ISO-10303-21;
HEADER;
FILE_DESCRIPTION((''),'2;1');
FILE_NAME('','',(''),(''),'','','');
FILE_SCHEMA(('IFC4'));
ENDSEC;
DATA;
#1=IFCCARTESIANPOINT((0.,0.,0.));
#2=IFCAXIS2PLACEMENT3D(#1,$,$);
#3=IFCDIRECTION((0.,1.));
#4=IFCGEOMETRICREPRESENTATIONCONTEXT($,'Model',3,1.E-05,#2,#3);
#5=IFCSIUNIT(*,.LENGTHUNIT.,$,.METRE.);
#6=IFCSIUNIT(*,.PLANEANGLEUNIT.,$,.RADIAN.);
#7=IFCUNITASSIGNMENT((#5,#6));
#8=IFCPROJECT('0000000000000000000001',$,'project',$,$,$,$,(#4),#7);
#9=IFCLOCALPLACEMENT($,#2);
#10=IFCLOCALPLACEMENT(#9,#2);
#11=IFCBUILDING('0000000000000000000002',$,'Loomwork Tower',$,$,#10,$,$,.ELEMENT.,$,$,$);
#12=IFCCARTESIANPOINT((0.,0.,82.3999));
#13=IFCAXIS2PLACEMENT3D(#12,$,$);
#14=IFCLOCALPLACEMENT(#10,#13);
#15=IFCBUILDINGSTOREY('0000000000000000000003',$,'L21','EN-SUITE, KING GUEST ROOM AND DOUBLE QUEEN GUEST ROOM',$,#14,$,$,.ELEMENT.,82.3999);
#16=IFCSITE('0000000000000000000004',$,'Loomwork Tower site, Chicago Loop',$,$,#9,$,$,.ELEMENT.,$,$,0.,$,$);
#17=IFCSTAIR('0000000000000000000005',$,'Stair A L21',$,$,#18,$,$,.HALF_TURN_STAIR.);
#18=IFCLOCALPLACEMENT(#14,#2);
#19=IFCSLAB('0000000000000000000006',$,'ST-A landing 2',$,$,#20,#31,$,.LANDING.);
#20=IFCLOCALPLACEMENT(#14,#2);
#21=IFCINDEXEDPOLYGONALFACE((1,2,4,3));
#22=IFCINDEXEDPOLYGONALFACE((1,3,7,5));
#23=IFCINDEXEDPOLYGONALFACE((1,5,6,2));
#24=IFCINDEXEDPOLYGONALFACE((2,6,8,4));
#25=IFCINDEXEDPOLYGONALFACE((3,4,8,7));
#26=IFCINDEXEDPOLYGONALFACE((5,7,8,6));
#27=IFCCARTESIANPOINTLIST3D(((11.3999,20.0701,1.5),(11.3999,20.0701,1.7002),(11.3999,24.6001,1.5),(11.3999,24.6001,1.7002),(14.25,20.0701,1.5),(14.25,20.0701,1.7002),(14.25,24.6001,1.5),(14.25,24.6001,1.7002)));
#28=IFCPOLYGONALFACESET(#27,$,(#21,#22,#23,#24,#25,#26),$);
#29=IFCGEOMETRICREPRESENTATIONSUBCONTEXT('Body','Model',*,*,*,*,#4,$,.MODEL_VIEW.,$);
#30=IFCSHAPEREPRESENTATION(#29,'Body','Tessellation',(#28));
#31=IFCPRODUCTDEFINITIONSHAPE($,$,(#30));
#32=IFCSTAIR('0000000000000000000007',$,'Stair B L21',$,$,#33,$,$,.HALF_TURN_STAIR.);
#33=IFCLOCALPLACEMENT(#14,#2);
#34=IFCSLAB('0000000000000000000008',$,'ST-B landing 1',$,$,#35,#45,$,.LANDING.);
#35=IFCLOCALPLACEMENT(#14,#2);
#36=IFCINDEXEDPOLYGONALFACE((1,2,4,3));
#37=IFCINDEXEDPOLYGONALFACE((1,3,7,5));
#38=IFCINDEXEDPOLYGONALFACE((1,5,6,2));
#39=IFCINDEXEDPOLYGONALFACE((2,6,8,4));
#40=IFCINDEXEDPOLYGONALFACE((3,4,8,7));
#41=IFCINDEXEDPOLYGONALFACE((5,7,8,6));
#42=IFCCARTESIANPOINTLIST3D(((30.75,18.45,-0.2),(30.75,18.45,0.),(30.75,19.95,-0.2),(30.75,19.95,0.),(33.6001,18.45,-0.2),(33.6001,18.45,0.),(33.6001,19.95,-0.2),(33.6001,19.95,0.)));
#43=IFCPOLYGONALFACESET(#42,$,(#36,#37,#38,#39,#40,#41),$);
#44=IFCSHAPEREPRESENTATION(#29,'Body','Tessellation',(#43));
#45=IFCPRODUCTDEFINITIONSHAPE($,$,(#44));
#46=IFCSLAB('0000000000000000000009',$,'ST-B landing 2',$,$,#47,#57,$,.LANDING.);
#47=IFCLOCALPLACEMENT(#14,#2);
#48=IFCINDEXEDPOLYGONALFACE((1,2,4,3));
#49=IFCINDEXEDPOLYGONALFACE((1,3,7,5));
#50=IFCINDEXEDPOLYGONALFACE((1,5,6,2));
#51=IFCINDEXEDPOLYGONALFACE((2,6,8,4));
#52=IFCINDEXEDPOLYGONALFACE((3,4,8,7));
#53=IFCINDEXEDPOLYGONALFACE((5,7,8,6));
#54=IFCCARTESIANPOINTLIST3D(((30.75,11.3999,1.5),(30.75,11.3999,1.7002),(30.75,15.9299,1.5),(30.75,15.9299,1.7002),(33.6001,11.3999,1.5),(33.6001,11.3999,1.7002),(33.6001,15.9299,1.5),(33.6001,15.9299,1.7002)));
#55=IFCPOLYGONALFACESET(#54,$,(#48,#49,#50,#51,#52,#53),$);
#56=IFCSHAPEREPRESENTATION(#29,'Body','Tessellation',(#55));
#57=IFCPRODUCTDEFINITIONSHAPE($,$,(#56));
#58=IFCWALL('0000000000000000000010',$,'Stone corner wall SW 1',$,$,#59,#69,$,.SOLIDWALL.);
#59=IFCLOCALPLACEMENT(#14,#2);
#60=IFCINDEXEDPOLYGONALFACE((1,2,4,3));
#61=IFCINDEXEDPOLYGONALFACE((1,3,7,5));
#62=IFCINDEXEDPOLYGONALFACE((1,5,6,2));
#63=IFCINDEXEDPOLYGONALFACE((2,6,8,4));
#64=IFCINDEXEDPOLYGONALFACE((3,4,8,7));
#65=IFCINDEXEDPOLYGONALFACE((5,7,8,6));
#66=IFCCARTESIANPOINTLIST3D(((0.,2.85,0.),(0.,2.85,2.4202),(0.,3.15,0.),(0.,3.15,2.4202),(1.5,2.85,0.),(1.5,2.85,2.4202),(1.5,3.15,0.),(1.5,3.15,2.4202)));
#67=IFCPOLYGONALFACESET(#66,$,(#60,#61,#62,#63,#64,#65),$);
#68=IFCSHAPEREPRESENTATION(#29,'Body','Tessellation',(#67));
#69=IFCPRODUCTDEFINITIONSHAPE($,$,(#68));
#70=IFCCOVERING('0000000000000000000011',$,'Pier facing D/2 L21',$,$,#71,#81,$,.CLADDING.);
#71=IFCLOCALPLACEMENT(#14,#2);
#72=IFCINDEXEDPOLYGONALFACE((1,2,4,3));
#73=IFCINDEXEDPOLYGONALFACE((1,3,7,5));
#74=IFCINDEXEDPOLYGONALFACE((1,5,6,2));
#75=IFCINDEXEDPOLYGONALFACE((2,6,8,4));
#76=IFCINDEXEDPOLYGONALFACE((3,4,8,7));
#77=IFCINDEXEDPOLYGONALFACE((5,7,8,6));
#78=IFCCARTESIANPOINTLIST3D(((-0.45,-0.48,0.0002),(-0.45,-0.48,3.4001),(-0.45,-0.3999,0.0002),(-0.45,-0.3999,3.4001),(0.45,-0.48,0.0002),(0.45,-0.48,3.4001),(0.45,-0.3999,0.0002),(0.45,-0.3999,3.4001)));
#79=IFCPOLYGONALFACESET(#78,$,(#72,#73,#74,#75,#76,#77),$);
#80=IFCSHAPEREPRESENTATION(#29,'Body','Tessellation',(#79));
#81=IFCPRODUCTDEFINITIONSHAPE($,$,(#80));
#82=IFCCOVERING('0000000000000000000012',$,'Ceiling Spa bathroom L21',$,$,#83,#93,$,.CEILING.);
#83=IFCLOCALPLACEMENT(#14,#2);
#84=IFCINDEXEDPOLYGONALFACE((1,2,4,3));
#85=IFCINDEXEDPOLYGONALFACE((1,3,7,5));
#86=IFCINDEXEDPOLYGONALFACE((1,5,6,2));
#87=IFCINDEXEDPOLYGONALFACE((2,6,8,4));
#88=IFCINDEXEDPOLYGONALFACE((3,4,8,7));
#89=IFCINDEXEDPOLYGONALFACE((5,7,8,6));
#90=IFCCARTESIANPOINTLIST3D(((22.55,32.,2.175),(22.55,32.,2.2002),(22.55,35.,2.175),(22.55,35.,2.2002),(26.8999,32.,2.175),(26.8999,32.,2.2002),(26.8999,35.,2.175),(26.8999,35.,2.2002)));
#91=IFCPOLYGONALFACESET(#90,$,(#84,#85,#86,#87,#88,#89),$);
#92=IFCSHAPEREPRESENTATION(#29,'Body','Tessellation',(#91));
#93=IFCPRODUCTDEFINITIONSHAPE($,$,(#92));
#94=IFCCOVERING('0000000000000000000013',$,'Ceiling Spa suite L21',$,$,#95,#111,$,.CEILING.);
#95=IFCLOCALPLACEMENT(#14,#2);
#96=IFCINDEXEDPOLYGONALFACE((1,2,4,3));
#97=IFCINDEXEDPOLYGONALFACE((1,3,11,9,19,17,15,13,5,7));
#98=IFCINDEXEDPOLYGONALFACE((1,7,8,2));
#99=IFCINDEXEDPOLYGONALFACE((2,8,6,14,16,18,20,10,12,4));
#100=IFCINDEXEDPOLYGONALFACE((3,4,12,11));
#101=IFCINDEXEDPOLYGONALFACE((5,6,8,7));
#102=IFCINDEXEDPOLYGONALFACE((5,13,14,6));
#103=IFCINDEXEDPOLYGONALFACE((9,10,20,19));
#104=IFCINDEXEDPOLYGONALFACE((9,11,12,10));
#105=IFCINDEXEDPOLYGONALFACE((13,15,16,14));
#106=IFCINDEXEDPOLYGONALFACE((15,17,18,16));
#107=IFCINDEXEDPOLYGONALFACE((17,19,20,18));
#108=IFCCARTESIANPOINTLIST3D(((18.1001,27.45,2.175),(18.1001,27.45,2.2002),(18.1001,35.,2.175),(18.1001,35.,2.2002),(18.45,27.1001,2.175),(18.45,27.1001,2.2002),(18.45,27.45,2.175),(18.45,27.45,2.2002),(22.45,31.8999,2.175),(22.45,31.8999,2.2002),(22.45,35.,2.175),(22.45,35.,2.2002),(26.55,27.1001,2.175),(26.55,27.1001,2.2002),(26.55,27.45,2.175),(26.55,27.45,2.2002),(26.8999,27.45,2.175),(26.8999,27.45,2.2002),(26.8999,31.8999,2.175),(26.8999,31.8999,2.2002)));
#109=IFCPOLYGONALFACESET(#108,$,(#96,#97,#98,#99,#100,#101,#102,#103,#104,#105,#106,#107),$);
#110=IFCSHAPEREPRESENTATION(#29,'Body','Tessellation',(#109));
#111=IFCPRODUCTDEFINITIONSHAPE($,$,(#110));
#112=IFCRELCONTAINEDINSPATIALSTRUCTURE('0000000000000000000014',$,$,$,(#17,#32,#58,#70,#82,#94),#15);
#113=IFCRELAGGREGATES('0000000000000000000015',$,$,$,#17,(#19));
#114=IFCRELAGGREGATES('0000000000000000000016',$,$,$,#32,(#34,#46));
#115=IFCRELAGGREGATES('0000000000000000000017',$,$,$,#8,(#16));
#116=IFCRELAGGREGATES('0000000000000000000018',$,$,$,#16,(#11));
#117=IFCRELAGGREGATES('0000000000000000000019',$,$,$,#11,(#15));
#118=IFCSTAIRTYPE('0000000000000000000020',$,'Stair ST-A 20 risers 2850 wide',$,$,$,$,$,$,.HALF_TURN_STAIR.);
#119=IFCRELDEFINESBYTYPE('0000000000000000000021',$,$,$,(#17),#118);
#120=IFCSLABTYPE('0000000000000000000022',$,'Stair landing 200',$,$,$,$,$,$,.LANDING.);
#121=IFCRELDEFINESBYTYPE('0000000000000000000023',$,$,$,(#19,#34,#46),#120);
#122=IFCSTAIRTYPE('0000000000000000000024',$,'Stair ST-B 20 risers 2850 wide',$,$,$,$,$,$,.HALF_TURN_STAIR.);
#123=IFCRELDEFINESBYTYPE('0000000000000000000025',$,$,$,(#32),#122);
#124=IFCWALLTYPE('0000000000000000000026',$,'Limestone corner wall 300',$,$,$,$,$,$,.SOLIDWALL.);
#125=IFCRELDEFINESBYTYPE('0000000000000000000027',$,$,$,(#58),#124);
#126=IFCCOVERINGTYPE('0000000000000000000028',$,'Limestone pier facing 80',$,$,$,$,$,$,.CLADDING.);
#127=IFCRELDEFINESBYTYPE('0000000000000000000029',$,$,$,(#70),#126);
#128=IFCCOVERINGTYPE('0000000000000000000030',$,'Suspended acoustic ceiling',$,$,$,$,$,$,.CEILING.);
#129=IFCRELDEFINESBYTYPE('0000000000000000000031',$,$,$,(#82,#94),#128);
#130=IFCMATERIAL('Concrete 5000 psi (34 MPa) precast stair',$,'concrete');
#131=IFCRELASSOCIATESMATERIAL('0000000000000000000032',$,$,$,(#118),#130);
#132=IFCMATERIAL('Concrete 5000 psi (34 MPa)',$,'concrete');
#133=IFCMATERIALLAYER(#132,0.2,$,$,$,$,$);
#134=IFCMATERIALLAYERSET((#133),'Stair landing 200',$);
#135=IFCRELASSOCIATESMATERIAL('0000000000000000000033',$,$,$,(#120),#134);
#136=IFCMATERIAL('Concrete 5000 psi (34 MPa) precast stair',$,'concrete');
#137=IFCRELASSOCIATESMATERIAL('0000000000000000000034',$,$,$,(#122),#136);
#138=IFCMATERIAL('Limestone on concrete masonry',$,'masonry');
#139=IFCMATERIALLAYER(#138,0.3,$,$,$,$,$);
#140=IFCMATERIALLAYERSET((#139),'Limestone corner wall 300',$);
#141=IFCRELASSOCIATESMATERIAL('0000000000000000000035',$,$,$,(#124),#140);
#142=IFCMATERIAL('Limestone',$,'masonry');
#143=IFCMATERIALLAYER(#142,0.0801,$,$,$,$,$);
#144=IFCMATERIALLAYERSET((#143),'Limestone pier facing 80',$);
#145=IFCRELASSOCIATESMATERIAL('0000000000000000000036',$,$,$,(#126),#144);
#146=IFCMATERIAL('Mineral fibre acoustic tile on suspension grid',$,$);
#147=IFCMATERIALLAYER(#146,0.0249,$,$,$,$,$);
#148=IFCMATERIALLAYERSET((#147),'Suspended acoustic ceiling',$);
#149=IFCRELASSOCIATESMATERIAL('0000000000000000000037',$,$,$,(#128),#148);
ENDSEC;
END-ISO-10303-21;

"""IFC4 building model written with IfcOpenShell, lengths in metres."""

from ifc_helpers import new_model, si_unit, direction, frame, frame_2d, origin, origin_2d, place, context, subcontext, project, spatial, polyline, rectangle, outline, extrude, material, layer, layer_set, type_object, element, aggregate, save


model = new_model("IFC4")

# Units and contexts
model_context = context("Model", 3, precision=1e-05, world=origin(), true_north=direction((0.0, 1.0)))
body_context = subcontext(model_context, "Body", "Model", "MODEL_VIEW")
ifc_project = project(units=[si_unit("LENGTHUNIT", "METRE"), si_unit("PLANEANGLEUNIT", "RADIAN")], contexts=[model_context])

# Site, building, storey
site_placement = place(None, origin())
site = spatial("IfcSite", under=ifc_project, at=site_placement, Name="Loomwork Tower site, Chicago Loop", CompositionType="ELEMENT", RefElevation=0.0)
building_placement = place(site_placement, origin())
building = spatial("IfcBuilding", under=site, at=building_placement, Name="Loomwork Tower", CompositionType="ELEMENT")
storey_placement = place(building_placement, frame((0.0, 0.0, 82.3999)))
storey = spatial("IfcBuildingStorey", under=building, at=storey_placement, Name="L21", Description="EN-SUITE, KING GUEST ROOM AND DOUBLE QUEEN GUEST ROOM", CompositionType="ELEMENT", Elevation=82.3999)

# Stairs, slabs
ifc_material_1 = material(Name="Concrete 5000 psi (34 MPa) precast stair", Category="concrete")
stair_type_1 = type_object("IfcStairType", Name="Stair ST-A 20 risers 2850 wide", PredefinedType="HALF_TURN_STAIR", material=ifc_material_1)
stair_1_placement = place(storey_placement, origin())
stair_1 = element("IfcStair", 1, at=stair_1_placement, inside=storey, type_object=stair_type_1, Name="Stair A L21", PredefinedType="HALF_TURN_STAIR")
ifc_material_2 = material(Name="Concrete 5000 psi (34 MPa)", Category="concrete")
ifc_layer_1 = layer(ifc_material_2, 0.2)
ifc_layer_set_1 = layer_set([ifc_layer_1], Name="Stair landing 200")
slab_type_1 = type_object("IfcSlabType", Name="Stair landing 200", PredefinedType="LANDING", material=ifc_layer_set_1)
slab_1_placement = place(storey_placement, frame((0.0, 0.0, 1.5)))
slab_1 = element("IfcSlab", 2, at=slab_1_placement, type_object=slab_type_1, Name="ST-A landing 2", PredefinedType="LANDING", context=body_context, shape_type="SweptSolid", body=[
    extrude(outline(polyline([(11.3999, 20.0701), (14.25, 20.0701), (14.25, 24.6001), (11.3999, 24.6001), (11.3999, 20.0701)])), origin(), (0.0, 0.0, 1.0), 0.2002),
])
aggregate(stair_1, [slab_1])
ifc_material_3 = material(Name="Concrete 5000 psi (34 MPa) precast stair", Category="concrete")
stair_type_2 = type_object("IfcStairType", Name="Stair ST-B 20 risers 2850 wide", PredefinedType="HALF_TURN_STAIR", material=ifc_material_3)
stair_2_placement = place(storey_placement, origin())
stair_2 = element("IfcStair", 3, at=stair_2_placement, inside=storey, type_object=stair_type_2, Name="Stair B L21", PredefinedType="HALF_TURN_STAIR")
slab_2_placement = place(storey_placement, frame((0.0, 0.0, -0.2)))
slab_2 = element("IfcSlab", 4, at=slab_2_placement, type_object=slab_type_1, Name="ST-B landing 1", PredefinedType="LANDING", context=body_context, shape_type="SweptSolid", body=[
    extrude(outline(polyline([(30.75, 18.45), (33.6001, 18.45), (33.6001, 19.95), (30.75, 19.95), (30.75, 18.45)])), origin(), (0.0, 0.0, 1.0), 0.2),
])
slab_3_placement = place(storey_placement, frame((0.0, 0.0, 1.5)))
slab_3 = element("IfcSlab", 5, at=slab_3_placement, type_object=slab_type_1, Name="ST-B landing 2", PredefinedType="LANDING", context=body_context, shape_type="SweptSolid", body=[
    extrude(outline(polyline([(30.75, 11.3999), (33.6001, 11.3999), (33.6001, 15.9299), (30.75, 15.9299), (30.75, 11.3999)])), origin(), (0.0, 0.0, 1.0), 0.2002),
])
aggregate(stair_2, [slab_2, slab_3])

# Wall
ifc_material_4 = material(Name="Limestone on concrete masonry", Category="masonry")
ifc_layer_2 = layer(ifc_material_4, 0.3)
ifc_layer_set_2 = layer_set([ifc_layer_2], Name="Limestone corner wall 300")
wall_type = type_object("IfcWallType", Name="Limestone corner wall 300", PredefinedType="SOLIDWALL", material=ifc_layer_set_2)
wall_placement = place(storey_placement, frame((0.0, 3.0, 0.0), z_axis=(0.0, 0.0, 1.0), x_axis=(1.0, 0.0, 0.0)))
element("IfcWall", 6, at=wall_placement, inside=storey, type_object=wall_type, Name="Stone corner wall SW 1", PredefinedType="SOLIDWALL", context=body_context, shape_type="SweptSolid", body=[
    extrude(rectangle(XDim=1.5, YDim=0.3, at=frame_2d((0.75, 0.0))), origin(), (0.0, 0.0, 1.0), 2.4202),
])

# Coverings
ifc_material_5 = material(Name="Limestone", Category="masonry")
ifc_layer_3 = layer(ifc_material_5, 0.0801)
ifc_layer_set_3 = layer_set([ifc_layer_3], Name="Limestone pier facing 80")
covering_type_1 = type_object("IfcCoveringType", Name="Limestone pier facing 80", PredefinedType="CLADDING", material=ifc_layer_set_3)
covering_1_placement = place(storey_placement, frame((0.0, -0.4399, 0.0002), z_axis=(0.0, 0.0, 1.0), x_axis=(1.0, 0.0, 0.0)))
element("IfcCovering", 7, at=covering_1_placement, inside=storey, type_object=covering_type_1, Name="Pier facing D/2 L21", PredefinedType="CLADDING", context=body_context, shape_type="SweptSolid", body=[
    extrude(rectangle(XDim=0.8999, YDim=0.0801, at=origin_2d()), origin(), (0.0, 0.0, 1.0), 3.3999),
])
ifc_material_6 = material(Name="Mineral fibre acoustic tile on suspension grid")
ifc_layer_4 = layer(ifc_material_6, 0.0249)
ifc_layer_set_4 = layer_set([ifc_layer_4], Name="Suspended acoustic ceiling")
covering_type_2 = type_object("IfcCoveringType", Name="Suspended acoustic ceiling", PredefinedType="CEILING", material=ifc_layer_set_4)
covering_2_placement = place(storey_placement, frame((0.0, 0.0, 2.175)))
element("IfcCovering", 8, at=covering_2_placement, inside=storey, type_object=covering_type_2, Name="Ceiling Spa bathroom L21", PredefinedType="CEILING", context=body_context, shape_type="SweptSolid", body=[
    extrude(outline(polyline([(22.55, 35.0), (26.8999, 35.0), (26.8999, 32.0), (22.55, 32.0), (22.55, 35.0)])), origin(), (0.0, 0.0, 1.0), 0.0251),
])
covering_3_placement = place(storey_placement, frame((0.0, 0.0, 2.175)))
element("IfcCovering", 9, at=covering_3_placement, inside=storey, type_object=covering_type_2, Name="Ceiling Spa suite L21", PredefinedType="CEILING", context=body_context, shape_type="SweptSolid", body=[
    extrude(outline(polyline([(18.1001, 35.0), (22.45, 35.0), (22.45, 31.8999), (26.8999, 31.8999), (26.8999, 27.45), (26.55, 27.45), (26.55, 27.1001), (18.45, 27.1001), (18.45, 27.45), (18.1001, 27.45), (18.1001, 35.0)])), origin(), (0.0, 0.0, 1.0), 0.0251),
])

save(model, "model.ifc")
